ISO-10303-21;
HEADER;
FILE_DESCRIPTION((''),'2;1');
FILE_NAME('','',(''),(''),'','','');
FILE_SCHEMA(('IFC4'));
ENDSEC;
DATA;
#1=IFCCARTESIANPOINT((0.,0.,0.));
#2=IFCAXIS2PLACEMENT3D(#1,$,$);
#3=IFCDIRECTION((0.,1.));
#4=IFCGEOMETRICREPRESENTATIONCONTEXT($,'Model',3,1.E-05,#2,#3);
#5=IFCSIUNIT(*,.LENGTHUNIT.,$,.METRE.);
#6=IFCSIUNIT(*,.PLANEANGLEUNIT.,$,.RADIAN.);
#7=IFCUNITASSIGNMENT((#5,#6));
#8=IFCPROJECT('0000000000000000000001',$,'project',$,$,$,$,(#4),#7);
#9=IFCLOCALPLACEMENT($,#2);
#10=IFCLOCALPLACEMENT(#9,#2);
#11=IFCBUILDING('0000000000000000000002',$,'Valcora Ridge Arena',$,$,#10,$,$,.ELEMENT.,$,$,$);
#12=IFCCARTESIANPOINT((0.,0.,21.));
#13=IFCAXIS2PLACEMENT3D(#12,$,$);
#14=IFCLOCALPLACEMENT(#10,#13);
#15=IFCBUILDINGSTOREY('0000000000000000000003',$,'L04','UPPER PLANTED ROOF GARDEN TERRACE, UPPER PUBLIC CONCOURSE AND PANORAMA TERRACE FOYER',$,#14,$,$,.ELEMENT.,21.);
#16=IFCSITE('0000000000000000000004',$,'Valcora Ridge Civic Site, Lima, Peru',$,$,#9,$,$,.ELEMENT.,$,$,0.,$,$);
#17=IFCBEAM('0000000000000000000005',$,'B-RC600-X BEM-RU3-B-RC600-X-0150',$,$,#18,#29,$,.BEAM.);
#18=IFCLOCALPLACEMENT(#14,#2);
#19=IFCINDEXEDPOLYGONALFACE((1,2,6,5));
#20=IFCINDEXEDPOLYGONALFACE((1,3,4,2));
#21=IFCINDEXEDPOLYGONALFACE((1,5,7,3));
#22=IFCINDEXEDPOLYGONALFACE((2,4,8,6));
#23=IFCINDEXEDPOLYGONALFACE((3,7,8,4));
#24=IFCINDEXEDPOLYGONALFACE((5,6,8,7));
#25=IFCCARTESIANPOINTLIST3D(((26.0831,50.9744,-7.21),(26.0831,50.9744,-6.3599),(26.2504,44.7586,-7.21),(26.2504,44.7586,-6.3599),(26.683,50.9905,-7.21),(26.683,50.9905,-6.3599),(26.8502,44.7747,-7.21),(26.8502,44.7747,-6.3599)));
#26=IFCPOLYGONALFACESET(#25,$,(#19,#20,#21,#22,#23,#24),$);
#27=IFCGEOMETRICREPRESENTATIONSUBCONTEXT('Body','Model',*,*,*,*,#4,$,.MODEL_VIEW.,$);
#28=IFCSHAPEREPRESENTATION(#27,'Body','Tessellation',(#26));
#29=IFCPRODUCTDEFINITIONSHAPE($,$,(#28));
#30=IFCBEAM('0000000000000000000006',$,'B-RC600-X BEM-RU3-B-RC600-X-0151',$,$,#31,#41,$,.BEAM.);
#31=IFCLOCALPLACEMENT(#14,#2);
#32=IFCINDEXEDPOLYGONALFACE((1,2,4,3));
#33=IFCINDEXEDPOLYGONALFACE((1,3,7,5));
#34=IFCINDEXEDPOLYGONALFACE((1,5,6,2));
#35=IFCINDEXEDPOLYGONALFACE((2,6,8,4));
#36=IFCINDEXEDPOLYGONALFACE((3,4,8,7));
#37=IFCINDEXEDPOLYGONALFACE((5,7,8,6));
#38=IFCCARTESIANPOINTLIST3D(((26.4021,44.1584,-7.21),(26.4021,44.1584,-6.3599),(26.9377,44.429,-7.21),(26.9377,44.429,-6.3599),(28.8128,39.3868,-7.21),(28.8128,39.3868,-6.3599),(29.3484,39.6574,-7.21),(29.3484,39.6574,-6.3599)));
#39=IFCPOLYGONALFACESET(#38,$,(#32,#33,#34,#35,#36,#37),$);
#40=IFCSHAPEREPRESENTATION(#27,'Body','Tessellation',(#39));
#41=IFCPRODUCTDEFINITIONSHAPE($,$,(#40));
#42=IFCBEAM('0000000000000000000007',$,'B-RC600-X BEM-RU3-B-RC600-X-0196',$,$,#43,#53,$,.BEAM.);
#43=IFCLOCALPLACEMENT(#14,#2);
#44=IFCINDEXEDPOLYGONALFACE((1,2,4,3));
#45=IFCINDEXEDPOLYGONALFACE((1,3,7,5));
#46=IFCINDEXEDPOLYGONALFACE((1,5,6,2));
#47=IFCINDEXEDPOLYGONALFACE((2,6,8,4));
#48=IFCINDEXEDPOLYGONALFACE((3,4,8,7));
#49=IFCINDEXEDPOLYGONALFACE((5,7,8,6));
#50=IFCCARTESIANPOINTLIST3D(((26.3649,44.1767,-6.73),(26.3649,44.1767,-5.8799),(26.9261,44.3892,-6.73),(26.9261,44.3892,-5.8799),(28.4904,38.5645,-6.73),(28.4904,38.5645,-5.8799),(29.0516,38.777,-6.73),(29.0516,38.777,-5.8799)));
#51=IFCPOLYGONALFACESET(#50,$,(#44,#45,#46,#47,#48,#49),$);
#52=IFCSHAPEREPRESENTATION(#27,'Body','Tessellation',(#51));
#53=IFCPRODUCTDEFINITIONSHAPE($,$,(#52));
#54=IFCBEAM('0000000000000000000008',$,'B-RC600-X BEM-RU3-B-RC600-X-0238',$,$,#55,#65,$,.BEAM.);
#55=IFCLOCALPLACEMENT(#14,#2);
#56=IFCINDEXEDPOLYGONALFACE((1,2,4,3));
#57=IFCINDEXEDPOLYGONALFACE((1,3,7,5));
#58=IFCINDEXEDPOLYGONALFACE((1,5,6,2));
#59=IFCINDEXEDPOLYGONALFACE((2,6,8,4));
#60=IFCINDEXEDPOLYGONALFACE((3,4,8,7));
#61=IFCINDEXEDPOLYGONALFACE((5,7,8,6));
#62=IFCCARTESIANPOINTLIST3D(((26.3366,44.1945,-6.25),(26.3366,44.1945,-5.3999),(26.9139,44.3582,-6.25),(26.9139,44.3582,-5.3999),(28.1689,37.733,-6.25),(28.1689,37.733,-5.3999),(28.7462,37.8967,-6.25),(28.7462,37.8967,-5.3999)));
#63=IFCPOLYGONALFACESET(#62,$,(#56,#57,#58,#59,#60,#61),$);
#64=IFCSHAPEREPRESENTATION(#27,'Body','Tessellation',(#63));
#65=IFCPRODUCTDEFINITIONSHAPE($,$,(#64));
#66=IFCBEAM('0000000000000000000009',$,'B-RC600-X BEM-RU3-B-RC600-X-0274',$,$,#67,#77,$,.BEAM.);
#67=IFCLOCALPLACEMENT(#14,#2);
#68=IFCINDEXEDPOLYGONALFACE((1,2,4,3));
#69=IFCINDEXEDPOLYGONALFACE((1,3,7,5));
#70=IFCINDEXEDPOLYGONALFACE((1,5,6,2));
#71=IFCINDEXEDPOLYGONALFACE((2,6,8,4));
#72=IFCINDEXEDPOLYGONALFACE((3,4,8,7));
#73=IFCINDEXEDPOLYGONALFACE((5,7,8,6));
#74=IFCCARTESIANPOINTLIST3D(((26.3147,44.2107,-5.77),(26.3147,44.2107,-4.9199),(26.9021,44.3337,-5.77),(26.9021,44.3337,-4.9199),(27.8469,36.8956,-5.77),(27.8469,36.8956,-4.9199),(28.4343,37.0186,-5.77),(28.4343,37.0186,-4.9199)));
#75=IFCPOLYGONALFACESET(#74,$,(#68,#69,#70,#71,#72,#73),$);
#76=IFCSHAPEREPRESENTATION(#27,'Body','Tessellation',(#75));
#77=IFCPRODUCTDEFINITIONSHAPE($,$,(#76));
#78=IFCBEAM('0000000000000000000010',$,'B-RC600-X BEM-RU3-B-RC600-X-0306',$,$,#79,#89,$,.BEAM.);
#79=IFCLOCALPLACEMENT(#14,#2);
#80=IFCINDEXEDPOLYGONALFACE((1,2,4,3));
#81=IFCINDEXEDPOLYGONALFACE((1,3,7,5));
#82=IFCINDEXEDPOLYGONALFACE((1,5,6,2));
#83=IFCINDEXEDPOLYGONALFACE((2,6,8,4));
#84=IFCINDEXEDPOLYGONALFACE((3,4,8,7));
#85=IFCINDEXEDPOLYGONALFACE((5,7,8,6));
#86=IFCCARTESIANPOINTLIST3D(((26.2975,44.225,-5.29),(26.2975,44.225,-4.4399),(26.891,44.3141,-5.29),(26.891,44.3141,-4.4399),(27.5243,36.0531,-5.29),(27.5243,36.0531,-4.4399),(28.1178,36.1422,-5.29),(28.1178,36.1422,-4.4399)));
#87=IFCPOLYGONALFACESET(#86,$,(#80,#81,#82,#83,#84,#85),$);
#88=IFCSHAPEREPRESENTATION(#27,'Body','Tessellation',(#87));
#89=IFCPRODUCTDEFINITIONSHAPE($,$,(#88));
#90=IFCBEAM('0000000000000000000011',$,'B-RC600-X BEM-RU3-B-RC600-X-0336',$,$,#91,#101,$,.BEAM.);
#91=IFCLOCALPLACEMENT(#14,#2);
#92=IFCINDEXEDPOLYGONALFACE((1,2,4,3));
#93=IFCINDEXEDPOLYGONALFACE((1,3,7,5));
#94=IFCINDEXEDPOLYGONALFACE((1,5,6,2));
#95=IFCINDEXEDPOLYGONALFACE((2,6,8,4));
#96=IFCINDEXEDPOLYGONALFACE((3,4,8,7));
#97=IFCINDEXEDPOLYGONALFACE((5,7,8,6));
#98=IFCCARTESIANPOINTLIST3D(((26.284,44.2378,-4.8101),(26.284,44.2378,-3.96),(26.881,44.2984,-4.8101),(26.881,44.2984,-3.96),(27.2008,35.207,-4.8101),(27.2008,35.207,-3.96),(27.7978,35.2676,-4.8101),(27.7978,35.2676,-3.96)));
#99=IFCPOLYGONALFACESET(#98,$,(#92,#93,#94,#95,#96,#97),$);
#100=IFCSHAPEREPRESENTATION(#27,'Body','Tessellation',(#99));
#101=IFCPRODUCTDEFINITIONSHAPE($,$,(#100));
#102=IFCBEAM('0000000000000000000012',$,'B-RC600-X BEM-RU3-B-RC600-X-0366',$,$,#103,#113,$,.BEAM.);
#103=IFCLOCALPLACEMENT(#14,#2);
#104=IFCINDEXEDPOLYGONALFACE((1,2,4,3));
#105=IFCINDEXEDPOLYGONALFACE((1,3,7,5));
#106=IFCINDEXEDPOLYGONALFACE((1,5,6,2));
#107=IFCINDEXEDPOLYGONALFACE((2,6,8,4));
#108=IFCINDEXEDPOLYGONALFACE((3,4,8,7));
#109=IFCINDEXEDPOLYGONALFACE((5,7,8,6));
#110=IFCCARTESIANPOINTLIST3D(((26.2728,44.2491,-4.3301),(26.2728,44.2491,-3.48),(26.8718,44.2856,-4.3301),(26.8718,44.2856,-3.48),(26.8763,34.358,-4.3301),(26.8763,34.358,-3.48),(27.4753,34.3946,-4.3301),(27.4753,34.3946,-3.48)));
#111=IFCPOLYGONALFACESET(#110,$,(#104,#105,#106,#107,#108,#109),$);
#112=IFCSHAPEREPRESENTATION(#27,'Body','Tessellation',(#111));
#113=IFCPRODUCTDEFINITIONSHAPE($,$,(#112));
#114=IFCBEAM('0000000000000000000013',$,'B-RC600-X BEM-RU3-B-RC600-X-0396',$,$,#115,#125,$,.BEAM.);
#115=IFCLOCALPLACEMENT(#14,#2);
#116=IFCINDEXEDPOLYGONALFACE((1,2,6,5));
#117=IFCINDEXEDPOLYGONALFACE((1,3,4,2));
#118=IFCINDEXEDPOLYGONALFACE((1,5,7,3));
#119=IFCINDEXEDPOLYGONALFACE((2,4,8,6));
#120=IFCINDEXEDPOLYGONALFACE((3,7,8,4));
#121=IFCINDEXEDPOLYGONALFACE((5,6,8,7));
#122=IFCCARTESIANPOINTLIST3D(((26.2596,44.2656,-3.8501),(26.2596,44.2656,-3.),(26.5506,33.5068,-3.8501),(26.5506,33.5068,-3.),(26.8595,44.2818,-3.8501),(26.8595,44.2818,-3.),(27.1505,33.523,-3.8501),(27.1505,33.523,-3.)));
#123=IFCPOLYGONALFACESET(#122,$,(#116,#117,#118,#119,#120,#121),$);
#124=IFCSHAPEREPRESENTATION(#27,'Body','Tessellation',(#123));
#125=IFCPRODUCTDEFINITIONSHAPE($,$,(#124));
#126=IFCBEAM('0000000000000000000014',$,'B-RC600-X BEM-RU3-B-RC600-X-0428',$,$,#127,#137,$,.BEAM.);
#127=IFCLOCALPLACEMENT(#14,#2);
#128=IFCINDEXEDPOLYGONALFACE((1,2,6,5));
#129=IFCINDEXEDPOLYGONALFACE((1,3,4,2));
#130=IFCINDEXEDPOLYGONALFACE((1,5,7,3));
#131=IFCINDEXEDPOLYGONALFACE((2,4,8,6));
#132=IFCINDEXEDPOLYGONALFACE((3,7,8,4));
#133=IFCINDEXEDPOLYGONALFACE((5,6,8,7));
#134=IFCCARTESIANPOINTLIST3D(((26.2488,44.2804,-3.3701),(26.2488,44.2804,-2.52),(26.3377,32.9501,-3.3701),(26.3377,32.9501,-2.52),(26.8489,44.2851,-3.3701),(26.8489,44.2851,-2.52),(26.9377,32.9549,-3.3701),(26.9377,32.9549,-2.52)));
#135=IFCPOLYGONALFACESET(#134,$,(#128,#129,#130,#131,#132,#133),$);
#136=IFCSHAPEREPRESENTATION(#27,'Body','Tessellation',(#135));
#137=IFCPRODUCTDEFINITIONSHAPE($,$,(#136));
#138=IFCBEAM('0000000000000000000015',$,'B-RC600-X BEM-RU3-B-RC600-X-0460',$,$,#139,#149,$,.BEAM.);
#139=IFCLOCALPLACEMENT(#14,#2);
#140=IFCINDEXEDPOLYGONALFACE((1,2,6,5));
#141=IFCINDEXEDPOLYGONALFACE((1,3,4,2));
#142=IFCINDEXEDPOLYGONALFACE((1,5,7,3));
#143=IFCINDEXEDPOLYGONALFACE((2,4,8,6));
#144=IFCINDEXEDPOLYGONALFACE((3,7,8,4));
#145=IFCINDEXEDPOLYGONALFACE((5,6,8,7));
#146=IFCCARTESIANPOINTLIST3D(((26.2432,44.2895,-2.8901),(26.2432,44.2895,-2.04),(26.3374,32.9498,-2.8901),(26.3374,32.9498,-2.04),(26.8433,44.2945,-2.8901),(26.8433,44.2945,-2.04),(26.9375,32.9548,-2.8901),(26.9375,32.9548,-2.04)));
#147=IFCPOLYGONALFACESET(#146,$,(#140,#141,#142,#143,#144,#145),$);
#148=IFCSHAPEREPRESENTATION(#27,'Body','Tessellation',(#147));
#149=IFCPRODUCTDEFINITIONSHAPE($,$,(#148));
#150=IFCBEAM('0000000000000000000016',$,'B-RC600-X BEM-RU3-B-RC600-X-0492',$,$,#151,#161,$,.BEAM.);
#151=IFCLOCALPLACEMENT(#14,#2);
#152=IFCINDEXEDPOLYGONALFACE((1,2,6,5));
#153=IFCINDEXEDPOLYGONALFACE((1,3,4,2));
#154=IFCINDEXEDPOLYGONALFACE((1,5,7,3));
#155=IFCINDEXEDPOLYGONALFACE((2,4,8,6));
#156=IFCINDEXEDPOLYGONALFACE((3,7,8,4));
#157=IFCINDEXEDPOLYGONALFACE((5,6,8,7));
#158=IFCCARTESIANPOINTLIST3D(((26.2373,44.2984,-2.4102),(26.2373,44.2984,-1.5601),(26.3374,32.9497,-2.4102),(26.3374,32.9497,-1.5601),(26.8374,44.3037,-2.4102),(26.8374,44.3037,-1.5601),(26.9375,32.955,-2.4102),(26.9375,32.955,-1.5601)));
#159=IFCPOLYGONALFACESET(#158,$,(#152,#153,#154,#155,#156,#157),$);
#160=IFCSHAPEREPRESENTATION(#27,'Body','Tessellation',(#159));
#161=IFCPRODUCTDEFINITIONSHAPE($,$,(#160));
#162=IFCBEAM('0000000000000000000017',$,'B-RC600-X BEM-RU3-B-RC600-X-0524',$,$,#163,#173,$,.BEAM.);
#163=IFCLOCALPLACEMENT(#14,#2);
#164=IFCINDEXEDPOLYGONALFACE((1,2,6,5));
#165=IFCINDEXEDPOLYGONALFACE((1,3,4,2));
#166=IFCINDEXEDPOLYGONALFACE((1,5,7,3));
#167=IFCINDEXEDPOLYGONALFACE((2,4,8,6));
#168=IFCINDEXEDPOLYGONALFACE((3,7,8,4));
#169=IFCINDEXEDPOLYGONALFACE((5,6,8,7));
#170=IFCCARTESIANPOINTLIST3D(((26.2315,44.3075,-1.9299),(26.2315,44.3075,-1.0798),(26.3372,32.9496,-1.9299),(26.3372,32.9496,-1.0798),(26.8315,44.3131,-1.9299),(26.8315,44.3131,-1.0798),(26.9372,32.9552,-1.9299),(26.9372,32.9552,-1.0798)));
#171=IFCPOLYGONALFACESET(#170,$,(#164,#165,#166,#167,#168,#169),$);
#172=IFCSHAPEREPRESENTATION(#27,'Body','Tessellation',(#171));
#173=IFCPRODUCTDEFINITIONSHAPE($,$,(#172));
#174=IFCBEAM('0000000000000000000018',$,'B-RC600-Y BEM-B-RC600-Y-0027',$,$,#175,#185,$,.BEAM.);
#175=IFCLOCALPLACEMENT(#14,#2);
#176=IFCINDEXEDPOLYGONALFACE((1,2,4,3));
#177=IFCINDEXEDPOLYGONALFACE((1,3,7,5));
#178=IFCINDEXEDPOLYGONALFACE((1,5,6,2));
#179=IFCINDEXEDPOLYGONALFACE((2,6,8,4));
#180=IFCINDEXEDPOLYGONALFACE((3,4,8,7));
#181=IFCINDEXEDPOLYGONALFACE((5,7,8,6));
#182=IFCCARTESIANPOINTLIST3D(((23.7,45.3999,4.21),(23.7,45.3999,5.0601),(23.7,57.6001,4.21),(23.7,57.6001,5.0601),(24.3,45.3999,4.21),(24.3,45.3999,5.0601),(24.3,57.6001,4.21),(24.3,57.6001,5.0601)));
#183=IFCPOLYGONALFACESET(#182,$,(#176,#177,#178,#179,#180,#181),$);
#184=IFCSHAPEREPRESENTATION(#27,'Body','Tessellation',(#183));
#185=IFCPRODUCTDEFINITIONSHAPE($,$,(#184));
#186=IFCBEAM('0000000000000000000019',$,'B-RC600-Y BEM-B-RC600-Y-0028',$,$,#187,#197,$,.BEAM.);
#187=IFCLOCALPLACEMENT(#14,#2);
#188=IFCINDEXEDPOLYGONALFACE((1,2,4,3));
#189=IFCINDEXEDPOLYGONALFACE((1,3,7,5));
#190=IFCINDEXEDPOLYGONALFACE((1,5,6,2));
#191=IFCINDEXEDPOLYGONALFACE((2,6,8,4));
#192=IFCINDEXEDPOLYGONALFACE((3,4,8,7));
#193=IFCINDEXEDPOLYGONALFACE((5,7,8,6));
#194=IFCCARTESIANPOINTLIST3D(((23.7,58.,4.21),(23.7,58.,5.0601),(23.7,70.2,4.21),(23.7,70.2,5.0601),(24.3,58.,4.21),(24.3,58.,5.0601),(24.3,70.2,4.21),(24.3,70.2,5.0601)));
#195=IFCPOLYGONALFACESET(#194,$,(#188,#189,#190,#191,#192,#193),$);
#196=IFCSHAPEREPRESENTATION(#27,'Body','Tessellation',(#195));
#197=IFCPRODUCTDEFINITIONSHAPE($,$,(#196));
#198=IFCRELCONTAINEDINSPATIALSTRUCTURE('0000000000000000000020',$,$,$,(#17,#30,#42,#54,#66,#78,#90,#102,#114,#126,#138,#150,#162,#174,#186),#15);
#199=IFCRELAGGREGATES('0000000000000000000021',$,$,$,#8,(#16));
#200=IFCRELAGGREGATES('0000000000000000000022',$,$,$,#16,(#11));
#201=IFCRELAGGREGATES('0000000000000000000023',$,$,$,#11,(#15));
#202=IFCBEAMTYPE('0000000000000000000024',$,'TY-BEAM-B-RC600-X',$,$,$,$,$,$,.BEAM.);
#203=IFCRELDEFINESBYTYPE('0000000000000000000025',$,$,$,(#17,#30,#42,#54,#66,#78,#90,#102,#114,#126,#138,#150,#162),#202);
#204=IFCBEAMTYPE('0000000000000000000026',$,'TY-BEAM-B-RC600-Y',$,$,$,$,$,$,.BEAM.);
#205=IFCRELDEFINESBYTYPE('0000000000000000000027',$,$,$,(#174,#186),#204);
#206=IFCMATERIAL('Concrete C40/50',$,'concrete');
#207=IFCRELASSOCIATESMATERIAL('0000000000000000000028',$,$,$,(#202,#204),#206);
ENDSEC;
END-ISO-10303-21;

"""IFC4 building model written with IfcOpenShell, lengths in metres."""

from ifc_helpers import new_model, si_unit, direction, frame, origin, origin_2d, place, context, subcontext, project, spatial, rectangle, extrude, material, material_profile, profile_set, type_object, element, save


model = new_model("IFC4")

# Units and contexts
model_context = context("Model", 3, precision=1e-05, world=origin(), true_north=direction((0.0, 1.0)))
body_context = subcontext(model_context, "Body", "Model", "MODEL_VIEW")
ifc_project = project(units=[si_unit("LENGTHUNIT", "METRE"), si_unit("PLANEANGLEUNIT", "RADIAN")], contexts=[model_context])

# Site, building, storey
site_placement = place(None, origin())
site = spatial("IfcSite", under=ifc_project, at=site_placement, Name="Valcora Ridge Civic Site, Lima, Peru", CompositionType="ELEMENT", RefElevation=0.0)
building_placement = place(site_placement, origin())
building = spatial("IfcBuilding", under=site, at=building_placement, Name="Valcora Ridge Arena", CompositionType="ELEMENT")
storey_placement = place(building_placement, frame((0.0, 0.0, 21.0)))
storey = spatial("IfcBuildingStorey", under=building, at=storey_placement, Name="L04", Description="UPPER PLANTED ROOF GARDEN TERRACE, UPPER PUBLIC CONCOURSE AND PANORAMA TERRACE FOYER", CompositionType="ELEMENT", Elevation=21.0)

# Shared definitions
ifc_material_1 = material(Name="Concrete C40/50", Category="concrete")

# Beams
ifc_material_profile_1 = material_profile(ifc_material_1, rectangle(XDim=0.6001, YDim=0.8501, at=origin_2d()), Name="RC 600x850")
ifc_profile_set_1 = profile_set([ifc_material_profile_1], Name="Concrete C40/50")
beam_type_1 = type_object("IfcBeamType", Name="TY-BEAM-B-RC600-X", PredefinedType="BEAM", material=ifc_profile_set_1)
beam_1_placement = place(storey_placement, frame((26.3831, 50.9824, -6.7849), z_axis=(0.026895, -0.999638, 0.0), x_axis=(0.999638, 0.026895, 0.0)))
element("IfcBeam", 1, at=beam_1_placement, inside=storey, type_object=beam_type_1, Name="B-RC600-X BEM-RU3-B-RC600-X-0150", PredefinedType="BEAM", context=body_context, shape_type="SweptSolid", body=[
    extrude(rectangle(XDim=0.6001, YDim=0.8501, at=origin_2d()), origin(), (0.0, 0.0, 1.0), 6.218),
])
beam_2_placement = place(storey_placement, frame((26.6699, 44.2937, -6.7849), z_axis=(0.450936, -0.892556, 0.0), x_axis=(0.892556, 0.450936, 0.0)))
element("IfcBeam", 2, at=beam_2_placement, inside=storey, type_object=beam_type_1, Name="B-RC600-X BEM-RU3-B-RC600-X-0151", PredefinedType="BEAM", context=body_context, shape_type="SweptSolid", body=[
    extrude(rectangle(XDim=0.6001, YDim=0.8501, at=origin_2d()), origin(), (0.0, 0.0, 1.0), 5.3459),
])
beam_3_placement = place(storey_placement, frame((26.6455, 44.283, -6.3049), z_axis=(0.354171, -0.935181, 0.0), x_axis=(0.935181, 0.354171, 0.0)))
element("IfcBeam", 3, at=beam_3_placement, inside=storey, type_object=beam_type_1, Name="B-RC600-X BEM-RU3-B-RC600-X-0196", PredefinedType="BEAM", context=body_context, shape_type="SweptSolid", body=[
    extrude(rectangle(XDim=0.6001, YDim=0.8501, at=origin_2d()), origin(), (0.0, 0.0, 1.0), 6.0012),
])
beam_4_placement = place(storey_placement, frame((26.6252, 44.2764, -5.825), z_axis=(0.272815, -0.962067, 0.0), x_axis=(0.962067, 0.272815, 0.0)))
element("IfcBeam", 4, at=beam_4_placement, inside=storey, type_object=beam_type_1, Name="B-RC600-X BEM-RU3-B-RC600-X-0238", PredefinedType="BEAM", context=body_context, shape_type="SweptSolid", body=[
    extrude(rectangle(XDim=0.6001, YDim=0.8501, at=origin_2d()), origin(), (0.0, 0.0, 1.0), 6.7163),
])
beam_5_placement = place(storey_placement, frame((26.6084, 44.2722, -5.345), z_axis=(0.205009, -0.97876, 0.0), x_axis=(0.97876, 0.205009, 0.0)))
element("IfcBeam", 5, at=beam_5_placement, inside=storey, type_object=beam_type_1, Name="B-RC600-X BEM-RU3-B-RC600-X-0274", PredefinedType="BEAM", context=body_context, shape_type="SweptSolid", body=[
    extrude(rectangle(XDim=0.6001, YDim=0.8501, at=origin_2d()), origin(), (0.0, 0.0, 1.0), 7.4739),
])
beam_6_placement = place(storey_placement, frame((26.5942, 44.2695, -4.865), z_axis=(0.148462, -0.988918, 0.0), x_axis=(0.988918, 0.148462, 0.0)))
element("IfcBeam", 6, at=beam_6_placement, inside=storey, type_object=beam_type_1, Name="B-RC600-X BEM-RU3-B-RC600-X-0306", PredefinedType="BEAM", context=body_context, shape_type="SweptSolid", body=[
    extrude(rectangle(XDim=0.6001, YDim=0.8501, at=origin_2d()), origin(), (0.0, 0.0, 1.0), 8.2634),
])
beam_7_placement = place(storey_placement, frame((26.5825, 44.2681, -4.385), z_axis=(0.100995, -0.994887, 0.0), x_axis=(0.994887, 0.100995, 0.0)))
element("IfcBeam", 7, at=beam_7_placement, inside=storey, type_object=beam_type_1, Name="B-RC600-X BEM-RU3-B-RC600-X-0336", PredefinedType="BEAM", context=body_context, shape_type="SweptSolid", body=[
    extrude(rectangle(XDim=0.6001, YDim=0.8501, at=origin_2d()), origin(), (0.0, 0.0, 1.0), 9.0771),
])
beam_8_placement = place(storey_placement, frame((26.5723, 44.2673, -3.905), z_axis=(0.060903, -0.998144, 0.0), x_axis=(0.998144, 0.060903, 0.0)))
element("IfcBeam", 8, at=beam_8_placement, inside=storey, type_object=beam_type_1, Name="B-RC600-X BEM-RU3-B-RC600-X-0366", PredefinedType="BEAM", context=body_context, shape_type="SweptSolid", body=[
    extrude(rectangle(XDim=0.6001, YDim=0.8501, at=origin_2d()), origin(), (0.0, 0.0, 1.0), 9.9094),
])
beam_9_placement = place(storey_placement, frame((26.5596, 44.2737, -3.425), z_axis=(0.027039, -0.999634, 0.0), x_axis=(0.999634, 0.027039, 0.0)))
element("IfcBeam", 9, at=beam_9_placement, inside=storey, type_object=beam_type_1, Name="B-RC600-X BEM-RU3-B-RC600-X-0396", PredefinedType="BEAM", context=body_context, shape_type="SweptSolid", body=[
    extrude(rectangle(XDim=0.6001, YDim=0.8501, at=origin_2d()), origin(), (0.0, 0.0, 1.0), 10.7627),
])
beam_10_placement = place(storey_placement, frame((26.5488, 44.2827, -2.9451), z_axis=(0.007843, -0.999969, 0.0), x_axis=(0.999969, 0.007843, 0.0)))
element("IfcBeam", 10, at=beam_10_placement, inside=storey, type_object=beam_type_1, Name="B-RC600-X BEM-RU3-B-RC600-X-0428", PredefinedType="BEAM", context=body_context, shape_type="SweptSolid", body=[
    extrude(rectangle(XDim=0.6001, YDim=0.8501, at=origin_2d()), origin(), (0.0, 0.0, 1.0), 11.3306),
])
beam_11_placement = place(storey_placement, frame((26.5432, 44.292, -2.4651), z_axis=(0.00831, -0.999965, 0.0), x_axis=(0.999965, 0.00831, 0.0)))
element("IfcBeam", 11, at=beam_11_placement, inside=storey, type_object=beam_type_1, Name="B-RC600-X BEM-RU3-B-RC600-X-0460", PredefinedType="BEAM", context=body_context, shape_type="SweptSolid", body=[
    extrude(rectangle(XDim=0.6001, YDim=0.8501, at=origin_2d()), origin(), (0.0, 0.0, 1.0), 11.3401),
])
beam_12_placement = place(storey_placement, frame((26.5374, 44.301, -1.9851), z_axis=(0.00882, -0.999961, 0.0), x_axis=(0.999961, 0.00882, 0.0)))
element("IfcBeam", 12, at=beam_12_placement, inside=storey, type_object=beam_type_1, Name="B-RC600-X BEM-RU3-B-RC600-X-0492", PredefinedType="BEAM", context=body_context, shape_type="SweptSolid", body=[
    extrude(rectangle(XDim=0.6001, YDim=0.8501, at=origin_2d()), origin(), (0.0, 0.0, 1.0), 11.3491),
])
beam_13_placement = place(storey_placement, frame((26.5315, 44.3103, -1.5049), z_axis=(0.009307, -0.999957, 0.0), x_axis=(0.999957, 0.009307, 0.0)))
element("IfcBeam", 13, at=beam_13_placement, inside=storey, type_object=beam_type_1, Name="B-RC600-X BEM-RU3-B-RC600-X-0524", PredefinedType="BEAM", context=body_context, shape_type="SweptSolid", body=[
    extrude(rectangle(XDim=0.6001, YDim=0.8501, at=origin_2d()), origin(), (0.0, 0.0, 1.0), 11.3584),
])
ifc_material_profile_2 = material_profile(ifc_material_1, rectangle(XDim=0.6001, YDim=0.8501, at=origin_2d()), Name="RC 600x850")
ifc_profile_set_2 = profile_set([ifc_material_profile_2], Name="Concrete C40/50")
beam_type_2 = type_object("IfcBeamType", Name="TY-BEAM-B-RC600-Y", PredefinedType="BEAM", material=ifc_profile_set_2)
beam_14_placement = place(storey_placement, frame((24.0, 45.3999, 4.635), z_axis=(0.0, 1.0, 0.0), x_axis=(-1.0, 0.0, 0.0)))
element("IfcBeam", 14, at=beam_14_placement, inside=storey, type_object=beam_type_2, Name="B-RC600-Y BEM-B-RC600-Y-0027", PredefinedType="BEAM", context=body_context, shape_type="SweptSolid", body=[
    extrude(rectangle(XDim=0.6001, YDim=0.8501, at=origin_2d()), origin(), (0.0, 0.0, 1.0), 12.2002),
])
beam_15_placement = place(storey_placement, frame((24.0, 58.0, 4.635), z_axis=(0.0, 1.0, 0.0), x_axis=(-1.0, 0.0, 0.0)))
element("IfcBeam", 15, at=beam_15_placement, inside=storey, type_object=beam_type_2, Name="B-RC600-Y BEM-B-RC600-Y-0028", PredefinedType="BEAM", context=body_context, shape_type="SweptSolid", body=[
    extrude(rectangle(XDim=0.6001, YDim=0.8501, at=origin_2d()), origin(), (0.0, 0.0, 1.0), 12.2),
])

save(model, "model.ifc")
